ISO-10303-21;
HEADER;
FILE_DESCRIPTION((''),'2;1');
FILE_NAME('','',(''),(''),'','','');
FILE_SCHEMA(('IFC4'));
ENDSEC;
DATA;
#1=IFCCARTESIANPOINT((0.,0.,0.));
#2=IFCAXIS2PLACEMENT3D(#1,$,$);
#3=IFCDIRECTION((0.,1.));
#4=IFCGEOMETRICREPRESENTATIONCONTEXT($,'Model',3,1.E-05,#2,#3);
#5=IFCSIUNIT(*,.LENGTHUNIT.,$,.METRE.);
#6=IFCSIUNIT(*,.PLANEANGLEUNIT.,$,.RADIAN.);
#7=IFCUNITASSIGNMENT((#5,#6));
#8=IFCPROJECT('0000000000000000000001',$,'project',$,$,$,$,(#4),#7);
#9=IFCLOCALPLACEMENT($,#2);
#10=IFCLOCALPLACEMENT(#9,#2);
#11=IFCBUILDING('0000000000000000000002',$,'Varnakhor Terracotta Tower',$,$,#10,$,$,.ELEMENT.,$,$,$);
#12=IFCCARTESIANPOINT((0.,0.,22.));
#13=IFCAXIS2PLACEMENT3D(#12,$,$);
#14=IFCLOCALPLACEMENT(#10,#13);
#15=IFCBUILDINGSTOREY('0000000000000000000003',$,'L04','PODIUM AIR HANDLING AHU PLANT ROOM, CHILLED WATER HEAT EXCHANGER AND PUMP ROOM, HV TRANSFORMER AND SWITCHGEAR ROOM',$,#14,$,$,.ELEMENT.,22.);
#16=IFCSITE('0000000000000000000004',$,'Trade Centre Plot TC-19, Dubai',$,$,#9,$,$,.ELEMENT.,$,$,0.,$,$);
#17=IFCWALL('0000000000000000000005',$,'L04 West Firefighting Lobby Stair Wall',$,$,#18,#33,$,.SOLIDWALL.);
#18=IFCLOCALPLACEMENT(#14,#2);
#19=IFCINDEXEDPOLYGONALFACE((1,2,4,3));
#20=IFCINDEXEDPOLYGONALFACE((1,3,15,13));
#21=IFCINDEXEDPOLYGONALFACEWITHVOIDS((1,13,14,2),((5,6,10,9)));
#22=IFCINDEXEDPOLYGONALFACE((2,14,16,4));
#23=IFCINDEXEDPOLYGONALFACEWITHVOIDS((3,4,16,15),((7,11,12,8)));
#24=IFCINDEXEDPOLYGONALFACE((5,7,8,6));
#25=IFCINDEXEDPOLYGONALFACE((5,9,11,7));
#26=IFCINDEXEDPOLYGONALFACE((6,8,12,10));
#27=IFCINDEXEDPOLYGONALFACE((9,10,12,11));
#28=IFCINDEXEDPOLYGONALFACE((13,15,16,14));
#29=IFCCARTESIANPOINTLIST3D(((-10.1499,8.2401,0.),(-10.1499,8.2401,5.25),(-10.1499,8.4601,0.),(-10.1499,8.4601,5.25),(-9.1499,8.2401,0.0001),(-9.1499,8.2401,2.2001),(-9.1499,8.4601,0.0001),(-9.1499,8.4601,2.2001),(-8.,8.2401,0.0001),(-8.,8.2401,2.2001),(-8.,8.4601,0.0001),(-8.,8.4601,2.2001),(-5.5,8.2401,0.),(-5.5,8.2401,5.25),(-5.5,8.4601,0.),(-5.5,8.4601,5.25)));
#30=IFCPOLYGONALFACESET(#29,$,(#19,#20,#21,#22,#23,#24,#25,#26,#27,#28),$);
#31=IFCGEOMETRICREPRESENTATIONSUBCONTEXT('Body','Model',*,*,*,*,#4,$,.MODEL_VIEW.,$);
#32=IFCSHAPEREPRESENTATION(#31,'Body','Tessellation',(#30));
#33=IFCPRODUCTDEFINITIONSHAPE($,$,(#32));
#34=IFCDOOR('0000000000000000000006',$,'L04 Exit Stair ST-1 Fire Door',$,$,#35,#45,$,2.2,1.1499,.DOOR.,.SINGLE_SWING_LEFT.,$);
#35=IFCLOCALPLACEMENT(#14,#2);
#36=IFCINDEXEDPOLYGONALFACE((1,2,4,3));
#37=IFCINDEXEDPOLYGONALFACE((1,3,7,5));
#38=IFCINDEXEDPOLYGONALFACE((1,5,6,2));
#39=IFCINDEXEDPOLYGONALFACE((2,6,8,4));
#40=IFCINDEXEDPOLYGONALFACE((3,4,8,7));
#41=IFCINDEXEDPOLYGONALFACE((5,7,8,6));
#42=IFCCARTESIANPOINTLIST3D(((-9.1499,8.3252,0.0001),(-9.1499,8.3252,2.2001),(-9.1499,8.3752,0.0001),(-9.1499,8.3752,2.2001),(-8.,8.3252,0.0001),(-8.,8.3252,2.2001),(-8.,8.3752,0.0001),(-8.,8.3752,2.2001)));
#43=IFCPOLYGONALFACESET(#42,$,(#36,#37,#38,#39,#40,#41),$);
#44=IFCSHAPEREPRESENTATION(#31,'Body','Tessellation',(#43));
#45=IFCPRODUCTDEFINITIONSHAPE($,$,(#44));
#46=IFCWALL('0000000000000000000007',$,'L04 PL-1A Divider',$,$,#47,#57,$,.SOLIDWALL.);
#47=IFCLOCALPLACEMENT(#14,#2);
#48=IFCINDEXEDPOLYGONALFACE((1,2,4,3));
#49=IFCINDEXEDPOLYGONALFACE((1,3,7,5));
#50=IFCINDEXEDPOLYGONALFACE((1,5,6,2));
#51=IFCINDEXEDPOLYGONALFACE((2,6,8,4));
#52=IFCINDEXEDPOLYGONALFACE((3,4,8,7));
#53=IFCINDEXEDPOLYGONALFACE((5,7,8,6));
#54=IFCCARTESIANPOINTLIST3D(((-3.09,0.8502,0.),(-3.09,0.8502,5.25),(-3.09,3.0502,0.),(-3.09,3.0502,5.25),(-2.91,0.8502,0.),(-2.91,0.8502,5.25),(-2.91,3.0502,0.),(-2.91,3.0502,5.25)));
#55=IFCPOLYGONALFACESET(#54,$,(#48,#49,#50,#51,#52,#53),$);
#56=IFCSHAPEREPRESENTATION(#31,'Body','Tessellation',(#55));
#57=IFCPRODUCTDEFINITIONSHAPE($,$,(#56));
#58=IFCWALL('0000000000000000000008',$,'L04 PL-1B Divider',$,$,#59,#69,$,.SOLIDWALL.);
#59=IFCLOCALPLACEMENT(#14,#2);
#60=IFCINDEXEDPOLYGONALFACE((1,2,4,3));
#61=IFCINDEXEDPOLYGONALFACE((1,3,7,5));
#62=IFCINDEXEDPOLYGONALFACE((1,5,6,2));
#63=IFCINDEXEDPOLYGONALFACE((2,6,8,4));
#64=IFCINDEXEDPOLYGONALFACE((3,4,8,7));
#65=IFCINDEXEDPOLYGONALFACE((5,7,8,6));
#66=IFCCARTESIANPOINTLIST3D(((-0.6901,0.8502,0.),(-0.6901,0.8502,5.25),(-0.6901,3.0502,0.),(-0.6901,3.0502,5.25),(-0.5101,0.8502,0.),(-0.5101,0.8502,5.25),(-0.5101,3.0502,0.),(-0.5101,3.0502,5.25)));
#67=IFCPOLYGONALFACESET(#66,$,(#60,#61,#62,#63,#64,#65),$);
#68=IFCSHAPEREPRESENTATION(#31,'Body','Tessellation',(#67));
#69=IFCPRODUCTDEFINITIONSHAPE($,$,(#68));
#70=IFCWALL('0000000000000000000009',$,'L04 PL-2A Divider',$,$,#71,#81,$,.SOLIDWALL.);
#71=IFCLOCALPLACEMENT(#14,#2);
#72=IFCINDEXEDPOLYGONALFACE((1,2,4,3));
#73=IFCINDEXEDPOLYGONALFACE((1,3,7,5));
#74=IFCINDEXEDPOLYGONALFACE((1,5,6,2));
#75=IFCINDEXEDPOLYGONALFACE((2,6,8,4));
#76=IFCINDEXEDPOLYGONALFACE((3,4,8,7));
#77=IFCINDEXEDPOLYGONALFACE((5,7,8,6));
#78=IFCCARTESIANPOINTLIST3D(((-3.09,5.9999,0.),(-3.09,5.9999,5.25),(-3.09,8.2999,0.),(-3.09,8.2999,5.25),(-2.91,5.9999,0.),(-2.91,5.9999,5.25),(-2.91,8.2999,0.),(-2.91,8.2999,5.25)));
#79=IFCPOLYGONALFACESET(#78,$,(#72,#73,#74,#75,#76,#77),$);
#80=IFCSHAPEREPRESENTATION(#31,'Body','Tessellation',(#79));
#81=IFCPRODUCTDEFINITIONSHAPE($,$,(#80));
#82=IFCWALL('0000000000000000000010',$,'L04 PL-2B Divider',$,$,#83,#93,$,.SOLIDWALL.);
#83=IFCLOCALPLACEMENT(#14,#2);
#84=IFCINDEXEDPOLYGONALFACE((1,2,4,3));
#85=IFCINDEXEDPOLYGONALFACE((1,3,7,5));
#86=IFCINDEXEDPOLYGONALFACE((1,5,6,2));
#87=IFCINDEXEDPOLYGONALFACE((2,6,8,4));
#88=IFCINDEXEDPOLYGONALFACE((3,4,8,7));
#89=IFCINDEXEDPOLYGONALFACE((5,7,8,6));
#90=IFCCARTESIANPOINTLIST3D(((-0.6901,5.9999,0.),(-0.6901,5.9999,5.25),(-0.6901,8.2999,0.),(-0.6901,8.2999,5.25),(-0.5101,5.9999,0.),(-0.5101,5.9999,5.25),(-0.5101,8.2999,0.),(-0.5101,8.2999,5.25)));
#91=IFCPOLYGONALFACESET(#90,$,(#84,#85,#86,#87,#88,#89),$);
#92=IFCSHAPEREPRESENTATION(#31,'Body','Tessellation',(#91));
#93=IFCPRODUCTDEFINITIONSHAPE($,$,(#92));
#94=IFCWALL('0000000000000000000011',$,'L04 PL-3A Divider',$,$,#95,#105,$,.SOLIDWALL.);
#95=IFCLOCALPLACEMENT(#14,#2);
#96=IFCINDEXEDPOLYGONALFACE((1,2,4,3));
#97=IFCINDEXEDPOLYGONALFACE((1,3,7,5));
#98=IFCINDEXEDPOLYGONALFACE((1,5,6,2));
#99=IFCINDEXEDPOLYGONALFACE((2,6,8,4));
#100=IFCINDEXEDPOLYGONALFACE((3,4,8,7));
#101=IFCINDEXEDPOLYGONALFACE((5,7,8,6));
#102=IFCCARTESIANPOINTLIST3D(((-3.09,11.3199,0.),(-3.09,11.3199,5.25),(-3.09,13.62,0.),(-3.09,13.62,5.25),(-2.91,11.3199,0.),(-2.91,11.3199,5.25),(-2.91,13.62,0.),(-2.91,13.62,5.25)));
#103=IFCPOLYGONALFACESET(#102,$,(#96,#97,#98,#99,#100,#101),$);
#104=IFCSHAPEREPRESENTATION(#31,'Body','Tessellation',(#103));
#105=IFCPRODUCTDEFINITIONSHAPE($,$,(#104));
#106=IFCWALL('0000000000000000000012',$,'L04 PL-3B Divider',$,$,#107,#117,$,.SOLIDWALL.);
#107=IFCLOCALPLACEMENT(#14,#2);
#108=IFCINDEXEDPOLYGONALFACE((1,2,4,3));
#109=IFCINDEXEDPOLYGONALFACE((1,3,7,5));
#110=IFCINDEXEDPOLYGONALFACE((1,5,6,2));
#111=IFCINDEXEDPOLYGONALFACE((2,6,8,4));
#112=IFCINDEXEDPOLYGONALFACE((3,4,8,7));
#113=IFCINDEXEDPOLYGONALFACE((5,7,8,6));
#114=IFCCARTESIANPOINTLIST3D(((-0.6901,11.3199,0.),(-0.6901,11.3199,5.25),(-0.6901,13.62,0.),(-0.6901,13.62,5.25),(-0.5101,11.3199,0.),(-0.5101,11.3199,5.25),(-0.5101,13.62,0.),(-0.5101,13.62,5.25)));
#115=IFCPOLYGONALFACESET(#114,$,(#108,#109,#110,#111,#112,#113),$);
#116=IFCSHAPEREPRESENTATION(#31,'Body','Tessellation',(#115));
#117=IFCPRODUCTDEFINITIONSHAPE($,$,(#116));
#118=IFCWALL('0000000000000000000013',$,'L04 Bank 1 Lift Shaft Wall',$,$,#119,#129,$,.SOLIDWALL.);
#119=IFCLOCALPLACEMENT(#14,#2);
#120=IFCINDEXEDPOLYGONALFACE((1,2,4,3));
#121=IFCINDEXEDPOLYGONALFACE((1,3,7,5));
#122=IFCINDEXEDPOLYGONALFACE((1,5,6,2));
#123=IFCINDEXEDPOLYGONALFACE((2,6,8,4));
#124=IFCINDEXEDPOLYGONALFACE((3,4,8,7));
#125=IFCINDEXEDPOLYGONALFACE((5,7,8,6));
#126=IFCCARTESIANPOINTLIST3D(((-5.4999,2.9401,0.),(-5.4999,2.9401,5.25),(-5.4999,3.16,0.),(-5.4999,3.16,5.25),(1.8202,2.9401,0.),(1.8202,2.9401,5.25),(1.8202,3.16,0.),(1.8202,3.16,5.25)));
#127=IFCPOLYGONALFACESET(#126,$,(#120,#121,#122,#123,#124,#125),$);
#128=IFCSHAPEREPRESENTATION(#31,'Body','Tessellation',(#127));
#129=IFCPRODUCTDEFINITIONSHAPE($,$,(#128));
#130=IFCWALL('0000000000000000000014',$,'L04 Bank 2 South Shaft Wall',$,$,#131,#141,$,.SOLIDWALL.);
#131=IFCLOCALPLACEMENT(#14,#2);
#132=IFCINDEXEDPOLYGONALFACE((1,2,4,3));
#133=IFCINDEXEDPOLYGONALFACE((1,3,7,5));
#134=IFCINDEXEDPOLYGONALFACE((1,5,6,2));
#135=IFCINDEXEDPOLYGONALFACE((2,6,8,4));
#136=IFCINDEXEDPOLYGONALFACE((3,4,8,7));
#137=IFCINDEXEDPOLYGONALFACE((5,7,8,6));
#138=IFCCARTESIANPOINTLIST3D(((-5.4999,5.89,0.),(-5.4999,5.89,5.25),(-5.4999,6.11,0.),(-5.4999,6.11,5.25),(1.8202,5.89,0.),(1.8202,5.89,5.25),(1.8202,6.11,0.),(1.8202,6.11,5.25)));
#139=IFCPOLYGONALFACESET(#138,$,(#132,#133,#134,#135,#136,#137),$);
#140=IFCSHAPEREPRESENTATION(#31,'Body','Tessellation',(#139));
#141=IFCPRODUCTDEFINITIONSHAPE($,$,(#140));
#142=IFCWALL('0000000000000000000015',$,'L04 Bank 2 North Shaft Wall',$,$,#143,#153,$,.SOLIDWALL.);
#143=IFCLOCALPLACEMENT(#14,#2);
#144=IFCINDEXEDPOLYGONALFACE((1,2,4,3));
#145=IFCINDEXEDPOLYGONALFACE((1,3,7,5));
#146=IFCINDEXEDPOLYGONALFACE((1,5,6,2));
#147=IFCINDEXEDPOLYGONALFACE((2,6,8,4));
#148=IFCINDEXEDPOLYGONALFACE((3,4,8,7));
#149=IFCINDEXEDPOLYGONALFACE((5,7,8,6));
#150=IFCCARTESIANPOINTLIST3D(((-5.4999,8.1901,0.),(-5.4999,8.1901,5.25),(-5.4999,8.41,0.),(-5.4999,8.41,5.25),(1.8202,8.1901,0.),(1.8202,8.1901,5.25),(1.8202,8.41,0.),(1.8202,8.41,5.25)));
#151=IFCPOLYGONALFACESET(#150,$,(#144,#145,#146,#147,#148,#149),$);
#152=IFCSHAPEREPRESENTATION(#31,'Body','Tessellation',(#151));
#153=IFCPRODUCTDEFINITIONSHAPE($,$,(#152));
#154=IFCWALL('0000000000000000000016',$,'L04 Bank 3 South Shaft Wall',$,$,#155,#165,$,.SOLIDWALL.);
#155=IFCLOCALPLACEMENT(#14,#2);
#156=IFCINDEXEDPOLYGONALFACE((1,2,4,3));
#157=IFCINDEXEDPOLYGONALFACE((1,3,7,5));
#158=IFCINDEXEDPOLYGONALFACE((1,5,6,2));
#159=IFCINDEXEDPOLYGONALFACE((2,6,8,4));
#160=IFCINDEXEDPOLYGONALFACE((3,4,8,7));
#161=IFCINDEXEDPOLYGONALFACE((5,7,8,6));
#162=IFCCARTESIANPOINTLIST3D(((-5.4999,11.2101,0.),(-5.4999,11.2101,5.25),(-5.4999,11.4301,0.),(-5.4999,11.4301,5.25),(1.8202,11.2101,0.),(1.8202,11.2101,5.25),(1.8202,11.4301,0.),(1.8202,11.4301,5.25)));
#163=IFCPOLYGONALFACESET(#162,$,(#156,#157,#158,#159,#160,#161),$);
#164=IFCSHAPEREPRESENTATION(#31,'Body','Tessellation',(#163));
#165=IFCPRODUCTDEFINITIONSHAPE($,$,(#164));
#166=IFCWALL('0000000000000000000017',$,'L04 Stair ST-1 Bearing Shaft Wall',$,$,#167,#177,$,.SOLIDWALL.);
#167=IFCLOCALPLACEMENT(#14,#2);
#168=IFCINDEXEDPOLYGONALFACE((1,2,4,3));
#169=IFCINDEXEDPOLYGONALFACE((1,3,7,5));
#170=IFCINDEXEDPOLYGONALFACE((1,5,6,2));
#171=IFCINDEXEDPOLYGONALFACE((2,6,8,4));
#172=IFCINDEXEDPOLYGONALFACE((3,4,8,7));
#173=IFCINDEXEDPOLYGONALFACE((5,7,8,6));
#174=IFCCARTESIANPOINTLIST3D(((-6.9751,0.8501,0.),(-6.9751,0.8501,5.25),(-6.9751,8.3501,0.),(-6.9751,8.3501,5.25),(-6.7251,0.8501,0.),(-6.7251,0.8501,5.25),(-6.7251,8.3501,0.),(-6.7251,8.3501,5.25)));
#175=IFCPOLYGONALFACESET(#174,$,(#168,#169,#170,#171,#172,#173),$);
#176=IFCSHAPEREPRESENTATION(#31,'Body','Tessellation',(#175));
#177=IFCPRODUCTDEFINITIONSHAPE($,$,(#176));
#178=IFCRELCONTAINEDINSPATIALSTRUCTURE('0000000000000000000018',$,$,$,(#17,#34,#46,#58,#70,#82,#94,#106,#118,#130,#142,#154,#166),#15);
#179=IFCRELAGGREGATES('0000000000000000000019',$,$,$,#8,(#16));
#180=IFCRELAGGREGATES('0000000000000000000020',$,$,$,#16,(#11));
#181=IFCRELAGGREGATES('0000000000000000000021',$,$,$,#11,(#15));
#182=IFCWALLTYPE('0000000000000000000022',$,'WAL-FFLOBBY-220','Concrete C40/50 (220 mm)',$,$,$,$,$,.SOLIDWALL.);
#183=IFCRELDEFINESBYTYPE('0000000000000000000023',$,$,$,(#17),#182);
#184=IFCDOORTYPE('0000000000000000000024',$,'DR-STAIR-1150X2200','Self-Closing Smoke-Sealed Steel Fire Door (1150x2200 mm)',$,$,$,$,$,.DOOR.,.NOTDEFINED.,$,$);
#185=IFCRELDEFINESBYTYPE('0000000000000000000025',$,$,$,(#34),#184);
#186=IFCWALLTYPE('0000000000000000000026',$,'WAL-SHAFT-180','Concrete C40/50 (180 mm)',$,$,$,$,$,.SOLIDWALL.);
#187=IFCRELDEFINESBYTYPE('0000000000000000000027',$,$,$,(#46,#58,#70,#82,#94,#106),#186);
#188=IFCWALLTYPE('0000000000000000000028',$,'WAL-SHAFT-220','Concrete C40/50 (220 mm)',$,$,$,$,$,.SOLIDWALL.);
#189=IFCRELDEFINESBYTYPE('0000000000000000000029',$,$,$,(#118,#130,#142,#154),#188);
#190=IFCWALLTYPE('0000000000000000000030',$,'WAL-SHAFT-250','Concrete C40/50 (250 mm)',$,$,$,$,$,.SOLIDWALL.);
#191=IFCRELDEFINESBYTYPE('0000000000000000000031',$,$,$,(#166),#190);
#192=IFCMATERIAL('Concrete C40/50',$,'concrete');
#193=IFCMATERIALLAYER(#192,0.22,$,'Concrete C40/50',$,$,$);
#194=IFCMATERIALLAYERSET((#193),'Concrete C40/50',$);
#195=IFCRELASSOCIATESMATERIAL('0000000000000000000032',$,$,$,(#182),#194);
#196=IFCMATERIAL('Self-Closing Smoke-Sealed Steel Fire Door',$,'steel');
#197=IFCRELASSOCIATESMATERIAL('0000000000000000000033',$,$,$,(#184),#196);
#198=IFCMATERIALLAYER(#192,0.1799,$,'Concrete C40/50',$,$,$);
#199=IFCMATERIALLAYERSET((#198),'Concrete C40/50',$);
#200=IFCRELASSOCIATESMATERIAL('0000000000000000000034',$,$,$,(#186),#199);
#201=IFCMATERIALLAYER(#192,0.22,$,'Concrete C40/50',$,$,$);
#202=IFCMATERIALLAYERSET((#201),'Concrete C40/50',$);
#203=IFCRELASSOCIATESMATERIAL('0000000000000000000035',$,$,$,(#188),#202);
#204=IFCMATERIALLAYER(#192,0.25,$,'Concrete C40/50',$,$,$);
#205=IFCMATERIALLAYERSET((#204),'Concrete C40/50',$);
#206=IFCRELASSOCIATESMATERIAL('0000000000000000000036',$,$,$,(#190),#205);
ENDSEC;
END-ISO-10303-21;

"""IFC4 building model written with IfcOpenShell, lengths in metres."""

from ifc_helpers import new_model, si_unit, direction, frame, frame_2d, origin, place, context, subcontext, project, spatial, rectangle, extrude, source, transform, mapped, material, layer, layer_set, type_object, type_shapes, element, fill, save


model = new_model("IFC4")

# Units and contexts
model_context = context("Model", 3, precision=1e-05, world=origin(), true_north=direction((0.0, 1.0)))
body_context = subcontext(model_context, "Body", "Model", "MODEL_VIEW")
ifc_project = project(units=[si_unit("LENGTHUNIT", "METRE"), si_unit("PLANEANGLEUNIT", "RADIAN")], contexts=[model_context])

# Site, building, storey
site_placement = place(None, origin())
site = spatial("IfcSite", under=ifc_project, at=site_placement, Name="Trade Centre Plot TC-19, Dubai", CompositionType="ELEMENT", RefElevation=0.0)
building_placement = place(site_placement, origin())
building = spatial("IfcBuilding", under=site, at=building_placement, Name="Varnakhor Terracotta Tower", CompositionType="ELEMENT")
storey_placement = place(building_placement, frame((0.0, 0.0, 22.0)))
storey = spatial("IfcBuildingStorey", under=building, at=storey_placement, Name="L04", Description="PODIUM AIR HANDLING AHU PLANT ROOM, CHILLED WATER HEAT EXCHANGER AND PUMP ROOM, HV TRANSFORMER AND SWITCHGEAR ROOM", CompositionType="ELEMENT", Elevation=22.0)

# Wall, opening, door
ifc_material_1 = material(Name="Concrete C40/50", Category="concrete")
ifc_layer_1 = layer(ifc_material_1, 0.22, Name="Concrete C40/50")
ifc_layer_set_1 = layer_set([ifc_layer_1], Name="Concrete C40/50")
wall_type_1 = type_object("IfcWallType", Name="WAL-FFLOBBY-220", Description="Concrete C40/50 (220 mm)", PredefinedType="SOLIDWALL", material=ifc_layer_set_1)
wall_1_placement = place(storey_placement, frame((-5.5, 8.3501, 0.0), z_axis=(0.0, 0.0, 1.0), x_axis=(-1.0, 0.0, 0.0)))
wall_1 = element("IfcWall", 1, at=wall_1_placement, inside=storey, type_object=wall_type_1, Name="L04 West Firefighting Lobby Stair Wall", PredefinedType="SOLIDWALL", context=body_context, shape_type="SweptSolid", body=[
    extrude(rectangle(XDim=4.6499, YDim=0.22, at=frame_2d((2.325, 0.0))), origin(), (0.0, 0.0, 1.0), 5.25),
])
opening_1_placement = place(wall_1_placement, frame((2.5, 0.0, 0.0)))
opening_1 = element("IfcOpeningElement", 2, at=opening_1_placement, cuts=wall_1, PredefinedType="OPENING", context=body_context, shape_type="SweptSolid", body=[
    extrude(rectangle(XDim=1.1499, YDim=2.2, at=frame_2d((0.575, 1.1001))), frame((0.0, 0.1201, 0.0), z_axis=(0.0, -1.0, 0.0), x_axis=(1.0, 0.0, 0.0)), (0.0, 0.0, 1.0), 0.24),
])
ifc_material_2 = material(Name="Self-Closing Smoke-Sealed Steel Fire Door", Category="steel")
door_type_1 = type_object("IfcDoorType", Name="DR-STAIR-1150X2200", Description="Self-Closing Smoke-Sealed Steel Fire Door (1150x2200 mm)", OperationType="NOTDEFINED", PredefinedType="DOOR", material=ifc_material_2)
shared_shape_1 = source(origin(), body_context, "Body", "SweptSolid", [
    extrude(rectangle(XDim=1.1499, YDim=2.2, at=frame_2d((0.575, 1.1001))), frame((0.0, 0.0249, 0.0), z_axis=(0.0, -1.0, 0.0), x_axis=(1.0, 0.0, 0.0)), (0.0, 0.0, 1.0), 0.05),
])
type_shapes(door_type_1, [shared_shape_1])
door_1_placement = place(opening_1_placement, origin())
door_1 = element("IfcDoor", 3, at=door_1_placement, inside=storey, type_object=door_type_1, Name="L04 Exit Stair ST-1 Fire Door", OperationType="SINGLE_SWING_LEFT", OverallHeight=2.2, OverallWidth=1.1499, PredefinedType="DOOR", context=body_context, shape_type="MappedRepresentation", body=[
    mapped(shared_shape_1, transform((0.0, 0.0, 0.0), scale=1.0)),
])
fill(opening_1, door_1)

# Walls
ifc_layer_2 = layer(ifc_material_1, 0.1799, Name="Concrete C40/50")
ifc_layer_set_2 = layer_set([ifc_layer_2], Name="Concrete C40/50")
wall_type_2 = type_object("IfcWallType", Name="WAL-SHAFT-180", Description="Concrete C40/50 (180 mm)", PredefinedType="SOLIDWALL", material=ifc_layer_set_2)
for number, where, z_axis, x_axis, name in (
    (4, (-3.0, 0.8501, 0.0), (0.0, 0.0, 1.0), (0.0, 1.0, 0.0), "L04 PL-1A Divider"),
    (5, (-0.6001, 0.8501, 0.0), (0.0, 0.0, 1.0), (0.0, 1.0, 0.0), "L04 PL-1B Divider"),
):
    element("IfcWall", number, at=place(storey_placement, frame(where, z_axis=z_axis, x_axis=x_axis)), inside=storey, type_object=wall_type_2, Name=name, PredefinedType="SOLIDWALL", context=body_context, shape_type="SweptSolid", body=[
        extrude(rectangle(XDim=2.2, YDim=0.1799, at=frame_2d((1.1001, 0.0))), origin(), (0.0, 0.0, 1.0), 5.25),
    ])
for number, where, z_axis, x_axis, name in (
    (6, (-3.0, 6.0, 0.0), (0.0, 0.0, 1.0), (0.0, 1.0, 0.0), "L04 PL-2A Divider"),
    (7, (-0.6001, 6.0, 0.0), (0.0, 0.0, 1.0), (0.0, 1.0, 0.0), "L04 PL-2B Divider"),
    (8, (-3.0, 11.3201, 0.0), (0.0, 0.0, 1.0), (0.0, 1.0, 0.0), "L04 PL-3A Divider"),
    (9, (-0.6001, 11.3201, 0.0), (0.0, 0.0, 1.0), (0.0, 1.0, 0.0), "L04 PL-3B Divider"),
):
    element("IfcWall", number, at=place(storey_placement, frame(where, z_axis=z_axis, x_axis=x_axis)), inside=storey, type_object=wall_type_2, Name=name, PredefinedType="SOLIDWALL", context=body_context, shape_type="SweptSolid", body=[
        extrude(rectangle(XDim=2.3, YDim=0.1799, at=frame_2d((1.1499, 0.0))), origin(), (0.0, 0.0, 1.0), 5.25),
    ])
ifc_layer_3 = layer(ifc_material_1, 0.22, Name="Concrete C40/50")
ifc_layer_set_3 = layer_set([ifc_layer_3], Name="Concrete C40/50")
wall_type_3 = type_object("IfcWallType", Name="WAL-SHAFT-220", Description="Concrete C40/50 (220 mm)", PredefinedType="SOLIDWALL", material=ifc_layer_set_3)
for number, where, z_axis, x_axis, name in (
    (10, (-5.5, 3.05, 0.0), (0.0, 0.0, 1.0), (1.0, 0.0, 0.0), "L04 Bank 1 Lift Shaft Wall"),
    (11, (-5.5, 6.0, 0.0), (0.0, 0.0, 1.0), (1.0, 0.0, 0.0), "L04 Bank 2 South Shaft Wall"),
    (12, (-5.5, 8.3, 0.0), (0.0, 0.0, 1.0), (1.0, 0.0, 0.0), "L04 Bank 2 North Shaft Wall"),
    (13, (-5.5, 11.3201, 0.0), (0.0, 0.0, 1.0), (1.0, 0.0, 0.0), "L04 Bank 3 South Shaft Wall"),
):
    element("IfcWall", number, at=place(storey_placement, frame(where, z_axis=z_axis, x_axis=x_axis)), inside=storey, type_object=wall_type_3, Name=name, PredefinedType="SOLIDWALL", context=body_context, shape_type="SweptSolid", body=[
        extrude(rectangle(XDim=7.3201, YDim=0.22, at=frame_2d((3.6602, 0.0))), origin(), (0.0, 0.0, 1.0), 5.25),
    ])
ifc_layer_4 = layer(ifc_material_1, 0.25, Name="Concrete C40/50")
ifc_layer_set_4 = layer_set([ifc_layer_4], Name="Concrete C40/50")
wall_type_4 = type_object("IfcWallType", Name="WAL-SHAFT-250", Description="Concrete C40/50 (250 mm)", PredefinedType="SOLIDWALL", material=ifc_layer_set_4)
wall_2_placement = place(storey_placement, frame((-6.8501, 0.8501, 0.0), z_axis=(0.0, 0.0, 1.0), x_axis=(0.0, 1.0, 0.0)))
element("IfcWall", 14, at=wall_2_placement, inside=storey, type_object=wall_type_4, Name="L04 Stair ST-1 Bearing Shaft Wall", PredefinedType="SOLIDWALL", context=body_context, shape_type="SweptSolid", body=[
    extrude(rectangle(XDim=7.5, YDim=0.25, at=frame_2d((3.75, 0.0))), origin(), (0.0, 0.0, 1.0), 5.25),
])

save(model, "model.ifc")
